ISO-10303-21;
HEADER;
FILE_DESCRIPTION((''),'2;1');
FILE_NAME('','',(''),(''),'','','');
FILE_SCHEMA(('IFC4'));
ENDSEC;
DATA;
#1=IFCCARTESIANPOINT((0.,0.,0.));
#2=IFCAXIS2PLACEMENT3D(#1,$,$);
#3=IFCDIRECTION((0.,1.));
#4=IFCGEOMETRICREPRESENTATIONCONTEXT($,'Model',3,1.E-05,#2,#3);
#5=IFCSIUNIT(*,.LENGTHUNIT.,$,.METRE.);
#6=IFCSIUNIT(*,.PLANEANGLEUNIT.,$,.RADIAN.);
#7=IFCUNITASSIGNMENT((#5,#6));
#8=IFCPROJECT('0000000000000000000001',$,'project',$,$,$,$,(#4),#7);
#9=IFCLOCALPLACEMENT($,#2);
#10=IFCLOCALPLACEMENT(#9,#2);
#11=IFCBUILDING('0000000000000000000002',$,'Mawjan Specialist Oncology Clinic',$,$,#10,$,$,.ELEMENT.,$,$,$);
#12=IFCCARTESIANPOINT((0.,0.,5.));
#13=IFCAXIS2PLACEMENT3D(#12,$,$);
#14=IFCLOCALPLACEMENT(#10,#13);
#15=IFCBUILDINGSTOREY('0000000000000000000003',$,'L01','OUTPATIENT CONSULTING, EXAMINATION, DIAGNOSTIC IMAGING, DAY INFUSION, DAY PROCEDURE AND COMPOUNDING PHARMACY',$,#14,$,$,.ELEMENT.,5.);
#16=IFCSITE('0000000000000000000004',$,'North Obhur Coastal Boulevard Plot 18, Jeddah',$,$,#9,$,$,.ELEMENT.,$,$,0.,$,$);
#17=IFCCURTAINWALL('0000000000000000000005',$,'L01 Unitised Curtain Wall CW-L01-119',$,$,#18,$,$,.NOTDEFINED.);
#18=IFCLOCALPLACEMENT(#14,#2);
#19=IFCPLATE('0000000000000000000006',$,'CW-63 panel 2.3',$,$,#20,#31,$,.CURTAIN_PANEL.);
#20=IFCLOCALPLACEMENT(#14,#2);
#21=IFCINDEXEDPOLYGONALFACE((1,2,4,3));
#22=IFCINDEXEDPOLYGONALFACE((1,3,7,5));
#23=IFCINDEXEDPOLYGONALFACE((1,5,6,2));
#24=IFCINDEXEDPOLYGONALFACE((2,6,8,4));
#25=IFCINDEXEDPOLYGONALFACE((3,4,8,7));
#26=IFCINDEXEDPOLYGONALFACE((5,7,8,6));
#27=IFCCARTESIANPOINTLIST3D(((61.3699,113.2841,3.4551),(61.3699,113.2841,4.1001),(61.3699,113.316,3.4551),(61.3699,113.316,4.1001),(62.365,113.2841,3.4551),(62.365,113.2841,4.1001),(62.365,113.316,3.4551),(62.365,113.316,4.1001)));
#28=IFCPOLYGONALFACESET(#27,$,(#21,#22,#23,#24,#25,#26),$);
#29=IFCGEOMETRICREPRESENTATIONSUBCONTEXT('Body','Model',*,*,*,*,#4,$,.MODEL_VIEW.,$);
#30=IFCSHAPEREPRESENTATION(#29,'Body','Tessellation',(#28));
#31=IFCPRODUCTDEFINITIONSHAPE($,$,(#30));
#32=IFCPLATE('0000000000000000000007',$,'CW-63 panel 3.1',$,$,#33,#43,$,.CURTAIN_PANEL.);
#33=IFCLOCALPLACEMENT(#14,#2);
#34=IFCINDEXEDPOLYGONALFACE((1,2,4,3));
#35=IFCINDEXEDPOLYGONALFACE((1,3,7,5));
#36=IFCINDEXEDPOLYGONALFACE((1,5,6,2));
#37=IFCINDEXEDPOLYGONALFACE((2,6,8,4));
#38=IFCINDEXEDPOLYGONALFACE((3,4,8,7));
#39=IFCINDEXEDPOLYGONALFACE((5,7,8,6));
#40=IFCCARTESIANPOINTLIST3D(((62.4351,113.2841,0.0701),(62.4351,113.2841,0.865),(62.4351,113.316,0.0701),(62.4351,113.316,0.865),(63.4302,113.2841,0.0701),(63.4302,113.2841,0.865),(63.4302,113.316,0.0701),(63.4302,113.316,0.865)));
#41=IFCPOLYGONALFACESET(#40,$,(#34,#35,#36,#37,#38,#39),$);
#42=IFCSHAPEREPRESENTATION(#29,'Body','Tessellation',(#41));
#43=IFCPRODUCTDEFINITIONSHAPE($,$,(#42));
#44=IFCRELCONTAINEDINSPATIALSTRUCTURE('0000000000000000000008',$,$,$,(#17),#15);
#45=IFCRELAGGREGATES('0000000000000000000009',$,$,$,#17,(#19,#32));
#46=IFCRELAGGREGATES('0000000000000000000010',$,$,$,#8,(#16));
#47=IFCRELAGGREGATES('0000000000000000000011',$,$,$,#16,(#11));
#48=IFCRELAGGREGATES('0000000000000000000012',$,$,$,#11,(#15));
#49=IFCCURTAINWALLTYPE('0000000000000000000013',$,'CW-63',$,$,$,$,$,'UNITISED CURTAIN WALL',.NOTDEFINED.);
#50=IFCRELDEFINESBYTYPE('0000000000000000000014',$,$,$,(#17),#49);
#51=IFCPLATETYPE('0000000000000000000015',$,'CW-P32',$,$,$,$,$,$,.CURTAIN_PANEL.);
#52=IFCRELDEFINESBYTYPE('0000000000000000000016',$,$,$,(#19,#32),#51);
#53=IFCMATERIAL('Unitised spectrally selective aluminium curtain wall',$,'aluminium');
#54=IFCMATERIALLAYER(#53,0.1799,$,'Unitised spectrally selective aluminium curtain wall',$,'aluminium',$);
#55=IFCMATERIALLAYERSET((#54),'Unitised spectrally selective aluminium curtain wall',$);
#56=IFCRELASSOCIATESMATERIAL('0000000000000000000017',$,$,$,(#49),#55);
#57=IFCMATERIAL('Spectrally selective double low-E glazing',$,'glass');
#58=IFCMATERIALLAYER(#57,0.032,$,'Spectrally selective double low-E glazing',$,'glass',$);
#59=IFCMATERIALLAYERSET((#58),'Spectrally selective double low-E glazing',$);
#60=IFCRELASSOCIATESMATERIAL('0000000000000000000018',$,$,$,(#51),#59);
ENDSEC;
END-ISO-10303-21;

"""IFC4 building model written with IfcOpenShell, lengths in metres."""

from ifc_helpers import new_model, si_unit, direction, frame, origin, origin_2d, place, context, subcontext, project, spatial, rectangle, extrude, material, layer, layer_set, type_object, element, aggregate, save


model = new_model("IFC4")

# Units and contexts
model_context = context("Model", 3, precision=1e-05, world=origin(), true_north=direction((0.0, 1.0)))
body_context = subcontext(model_context, "Body", "Model", "MODEL_VIEW")
ifc_project = project(units=[si_unit("LENGTHUNIT", "METRE"), si_unit("PLANEANGLEUNIT", "RADIAN")], contexts=[model_context])

# Site, building, storey
site_placement = place(None, origin())
site = spatial("IfcSite", under=ifc_project, at=site_placement, Name="North Obhur Coastal Boulevard Plot 18, Jeddah", CompositionType="ELEMENT", RefElevation=0.0)
building_placement = place(site_placement, origin())
building = spatial("IfcBuilding", under=site, at=building_placement, Name="Mawjan Specialist Oncology Clinic", CompositionType="ELEMENT")
storey_placement = place(building_placement, frame((0.0, 0.0, 5.0)))
storey = spatial("IfcBuildingStorey", under=building, at=storey_placement, Name="L01", Description="OUTPATIENT CONSULTING, EXAMINATION, DIAGNOSTIC IMAGING, DAY INFUSION, DAY PROCEDURE AND COMPOUNDING PHARMACY", CompositionType="ELEMENT", Elevation=5.0)

# Curtain wall, plates
ifc_material_1 = material(Name="Unitised spectrally selective aluminium curtain wall", Category="aluminium")
ifc_layer_1 = layer(ifc_material_1, 0.1799, Name="Unitised spectrally selective aluminium curtain wall", Category="aluminium")
ifc_layer_set_1 = layer_set([ifc_layer_1], Name="Unitised spectrally selective aluminium curtain wall")
curtain_wall_type = type_object("IfcCurtainWallType", Name="CW-63", ElementType="UNITISED CURTAIN WALL", PredefinedType="NOTDEFINED", material=ifc_layer_set_1)
curtain_wall_placement = place(storey_placement, origin())
curtain_wall = element("IfcCurtainWall", 1, at=curtain_wall_placement, inside=storey, type_object=curtain_wall_type, Name="L01 Unitised Curtain Wall CW-L01-119", PredefinedType="NOTDEFINED")
ifc_material_2 = material(Name="Spectrally selective double low-E glazing", Category="glass")
ifc_layer_2 = layer(ifc_material_2, 0.032, Name="Spectrally selective double low-E glazing", Category="glass")
ifc_layer_set_2 = layer_set([ifc_layer_2], Name="Spectrally selective double low-E glazing")
plate_type = type_object("IfcPlateType", Name="CW-P32", PredefinedType="CURTAIN_PANEL", material=ifc_layer_set_2)
plate_1_placement = place(storey_placement, frame((61.8674, 113.3, 3.4551), z_axis=(0.0, 0.0, 1.0), x_axis=(1.0, 0.0, 0.0)))
plate_1 = element("IfcPlate", 2, at=plate_1_placement, type_object=plate_type, Name="CW-63 panel 2.3", PredefinedType="CURTAIN_PANEL", context=body_context, shape_type="SweptSolid", body=[
    extrude(rectangle(XDim=0.9951, YDim=0.032, at=origin_2d()), origin(), (0.0, 0.0, 1.0), 0.645),
])
plate_2_placement = place(storey_placement, frame((62.9326, 113.3, 0.0701), z_axis=(0.0, 0.0, 1.0), x_axis=(1.0, 0.0, 0.0)))
plate_2 = element("IfcPlate", 3, at=plate_2_placement, type_object=plate_type, Name="CW-63 panel 3.1", PredefinedType="CURTAIN_PANEL", context=body_context, shape_type="SweptSolid", body=[
    extrude(rectangle(XDim=0.9951, YDim=0.032, at=origin_2d()), origin(), (0.0, 0.0, 1.0), 0.7949),
])
aggregate(curtain_wall, [plate_1, plate_2])

save(model, "model.ifc")
